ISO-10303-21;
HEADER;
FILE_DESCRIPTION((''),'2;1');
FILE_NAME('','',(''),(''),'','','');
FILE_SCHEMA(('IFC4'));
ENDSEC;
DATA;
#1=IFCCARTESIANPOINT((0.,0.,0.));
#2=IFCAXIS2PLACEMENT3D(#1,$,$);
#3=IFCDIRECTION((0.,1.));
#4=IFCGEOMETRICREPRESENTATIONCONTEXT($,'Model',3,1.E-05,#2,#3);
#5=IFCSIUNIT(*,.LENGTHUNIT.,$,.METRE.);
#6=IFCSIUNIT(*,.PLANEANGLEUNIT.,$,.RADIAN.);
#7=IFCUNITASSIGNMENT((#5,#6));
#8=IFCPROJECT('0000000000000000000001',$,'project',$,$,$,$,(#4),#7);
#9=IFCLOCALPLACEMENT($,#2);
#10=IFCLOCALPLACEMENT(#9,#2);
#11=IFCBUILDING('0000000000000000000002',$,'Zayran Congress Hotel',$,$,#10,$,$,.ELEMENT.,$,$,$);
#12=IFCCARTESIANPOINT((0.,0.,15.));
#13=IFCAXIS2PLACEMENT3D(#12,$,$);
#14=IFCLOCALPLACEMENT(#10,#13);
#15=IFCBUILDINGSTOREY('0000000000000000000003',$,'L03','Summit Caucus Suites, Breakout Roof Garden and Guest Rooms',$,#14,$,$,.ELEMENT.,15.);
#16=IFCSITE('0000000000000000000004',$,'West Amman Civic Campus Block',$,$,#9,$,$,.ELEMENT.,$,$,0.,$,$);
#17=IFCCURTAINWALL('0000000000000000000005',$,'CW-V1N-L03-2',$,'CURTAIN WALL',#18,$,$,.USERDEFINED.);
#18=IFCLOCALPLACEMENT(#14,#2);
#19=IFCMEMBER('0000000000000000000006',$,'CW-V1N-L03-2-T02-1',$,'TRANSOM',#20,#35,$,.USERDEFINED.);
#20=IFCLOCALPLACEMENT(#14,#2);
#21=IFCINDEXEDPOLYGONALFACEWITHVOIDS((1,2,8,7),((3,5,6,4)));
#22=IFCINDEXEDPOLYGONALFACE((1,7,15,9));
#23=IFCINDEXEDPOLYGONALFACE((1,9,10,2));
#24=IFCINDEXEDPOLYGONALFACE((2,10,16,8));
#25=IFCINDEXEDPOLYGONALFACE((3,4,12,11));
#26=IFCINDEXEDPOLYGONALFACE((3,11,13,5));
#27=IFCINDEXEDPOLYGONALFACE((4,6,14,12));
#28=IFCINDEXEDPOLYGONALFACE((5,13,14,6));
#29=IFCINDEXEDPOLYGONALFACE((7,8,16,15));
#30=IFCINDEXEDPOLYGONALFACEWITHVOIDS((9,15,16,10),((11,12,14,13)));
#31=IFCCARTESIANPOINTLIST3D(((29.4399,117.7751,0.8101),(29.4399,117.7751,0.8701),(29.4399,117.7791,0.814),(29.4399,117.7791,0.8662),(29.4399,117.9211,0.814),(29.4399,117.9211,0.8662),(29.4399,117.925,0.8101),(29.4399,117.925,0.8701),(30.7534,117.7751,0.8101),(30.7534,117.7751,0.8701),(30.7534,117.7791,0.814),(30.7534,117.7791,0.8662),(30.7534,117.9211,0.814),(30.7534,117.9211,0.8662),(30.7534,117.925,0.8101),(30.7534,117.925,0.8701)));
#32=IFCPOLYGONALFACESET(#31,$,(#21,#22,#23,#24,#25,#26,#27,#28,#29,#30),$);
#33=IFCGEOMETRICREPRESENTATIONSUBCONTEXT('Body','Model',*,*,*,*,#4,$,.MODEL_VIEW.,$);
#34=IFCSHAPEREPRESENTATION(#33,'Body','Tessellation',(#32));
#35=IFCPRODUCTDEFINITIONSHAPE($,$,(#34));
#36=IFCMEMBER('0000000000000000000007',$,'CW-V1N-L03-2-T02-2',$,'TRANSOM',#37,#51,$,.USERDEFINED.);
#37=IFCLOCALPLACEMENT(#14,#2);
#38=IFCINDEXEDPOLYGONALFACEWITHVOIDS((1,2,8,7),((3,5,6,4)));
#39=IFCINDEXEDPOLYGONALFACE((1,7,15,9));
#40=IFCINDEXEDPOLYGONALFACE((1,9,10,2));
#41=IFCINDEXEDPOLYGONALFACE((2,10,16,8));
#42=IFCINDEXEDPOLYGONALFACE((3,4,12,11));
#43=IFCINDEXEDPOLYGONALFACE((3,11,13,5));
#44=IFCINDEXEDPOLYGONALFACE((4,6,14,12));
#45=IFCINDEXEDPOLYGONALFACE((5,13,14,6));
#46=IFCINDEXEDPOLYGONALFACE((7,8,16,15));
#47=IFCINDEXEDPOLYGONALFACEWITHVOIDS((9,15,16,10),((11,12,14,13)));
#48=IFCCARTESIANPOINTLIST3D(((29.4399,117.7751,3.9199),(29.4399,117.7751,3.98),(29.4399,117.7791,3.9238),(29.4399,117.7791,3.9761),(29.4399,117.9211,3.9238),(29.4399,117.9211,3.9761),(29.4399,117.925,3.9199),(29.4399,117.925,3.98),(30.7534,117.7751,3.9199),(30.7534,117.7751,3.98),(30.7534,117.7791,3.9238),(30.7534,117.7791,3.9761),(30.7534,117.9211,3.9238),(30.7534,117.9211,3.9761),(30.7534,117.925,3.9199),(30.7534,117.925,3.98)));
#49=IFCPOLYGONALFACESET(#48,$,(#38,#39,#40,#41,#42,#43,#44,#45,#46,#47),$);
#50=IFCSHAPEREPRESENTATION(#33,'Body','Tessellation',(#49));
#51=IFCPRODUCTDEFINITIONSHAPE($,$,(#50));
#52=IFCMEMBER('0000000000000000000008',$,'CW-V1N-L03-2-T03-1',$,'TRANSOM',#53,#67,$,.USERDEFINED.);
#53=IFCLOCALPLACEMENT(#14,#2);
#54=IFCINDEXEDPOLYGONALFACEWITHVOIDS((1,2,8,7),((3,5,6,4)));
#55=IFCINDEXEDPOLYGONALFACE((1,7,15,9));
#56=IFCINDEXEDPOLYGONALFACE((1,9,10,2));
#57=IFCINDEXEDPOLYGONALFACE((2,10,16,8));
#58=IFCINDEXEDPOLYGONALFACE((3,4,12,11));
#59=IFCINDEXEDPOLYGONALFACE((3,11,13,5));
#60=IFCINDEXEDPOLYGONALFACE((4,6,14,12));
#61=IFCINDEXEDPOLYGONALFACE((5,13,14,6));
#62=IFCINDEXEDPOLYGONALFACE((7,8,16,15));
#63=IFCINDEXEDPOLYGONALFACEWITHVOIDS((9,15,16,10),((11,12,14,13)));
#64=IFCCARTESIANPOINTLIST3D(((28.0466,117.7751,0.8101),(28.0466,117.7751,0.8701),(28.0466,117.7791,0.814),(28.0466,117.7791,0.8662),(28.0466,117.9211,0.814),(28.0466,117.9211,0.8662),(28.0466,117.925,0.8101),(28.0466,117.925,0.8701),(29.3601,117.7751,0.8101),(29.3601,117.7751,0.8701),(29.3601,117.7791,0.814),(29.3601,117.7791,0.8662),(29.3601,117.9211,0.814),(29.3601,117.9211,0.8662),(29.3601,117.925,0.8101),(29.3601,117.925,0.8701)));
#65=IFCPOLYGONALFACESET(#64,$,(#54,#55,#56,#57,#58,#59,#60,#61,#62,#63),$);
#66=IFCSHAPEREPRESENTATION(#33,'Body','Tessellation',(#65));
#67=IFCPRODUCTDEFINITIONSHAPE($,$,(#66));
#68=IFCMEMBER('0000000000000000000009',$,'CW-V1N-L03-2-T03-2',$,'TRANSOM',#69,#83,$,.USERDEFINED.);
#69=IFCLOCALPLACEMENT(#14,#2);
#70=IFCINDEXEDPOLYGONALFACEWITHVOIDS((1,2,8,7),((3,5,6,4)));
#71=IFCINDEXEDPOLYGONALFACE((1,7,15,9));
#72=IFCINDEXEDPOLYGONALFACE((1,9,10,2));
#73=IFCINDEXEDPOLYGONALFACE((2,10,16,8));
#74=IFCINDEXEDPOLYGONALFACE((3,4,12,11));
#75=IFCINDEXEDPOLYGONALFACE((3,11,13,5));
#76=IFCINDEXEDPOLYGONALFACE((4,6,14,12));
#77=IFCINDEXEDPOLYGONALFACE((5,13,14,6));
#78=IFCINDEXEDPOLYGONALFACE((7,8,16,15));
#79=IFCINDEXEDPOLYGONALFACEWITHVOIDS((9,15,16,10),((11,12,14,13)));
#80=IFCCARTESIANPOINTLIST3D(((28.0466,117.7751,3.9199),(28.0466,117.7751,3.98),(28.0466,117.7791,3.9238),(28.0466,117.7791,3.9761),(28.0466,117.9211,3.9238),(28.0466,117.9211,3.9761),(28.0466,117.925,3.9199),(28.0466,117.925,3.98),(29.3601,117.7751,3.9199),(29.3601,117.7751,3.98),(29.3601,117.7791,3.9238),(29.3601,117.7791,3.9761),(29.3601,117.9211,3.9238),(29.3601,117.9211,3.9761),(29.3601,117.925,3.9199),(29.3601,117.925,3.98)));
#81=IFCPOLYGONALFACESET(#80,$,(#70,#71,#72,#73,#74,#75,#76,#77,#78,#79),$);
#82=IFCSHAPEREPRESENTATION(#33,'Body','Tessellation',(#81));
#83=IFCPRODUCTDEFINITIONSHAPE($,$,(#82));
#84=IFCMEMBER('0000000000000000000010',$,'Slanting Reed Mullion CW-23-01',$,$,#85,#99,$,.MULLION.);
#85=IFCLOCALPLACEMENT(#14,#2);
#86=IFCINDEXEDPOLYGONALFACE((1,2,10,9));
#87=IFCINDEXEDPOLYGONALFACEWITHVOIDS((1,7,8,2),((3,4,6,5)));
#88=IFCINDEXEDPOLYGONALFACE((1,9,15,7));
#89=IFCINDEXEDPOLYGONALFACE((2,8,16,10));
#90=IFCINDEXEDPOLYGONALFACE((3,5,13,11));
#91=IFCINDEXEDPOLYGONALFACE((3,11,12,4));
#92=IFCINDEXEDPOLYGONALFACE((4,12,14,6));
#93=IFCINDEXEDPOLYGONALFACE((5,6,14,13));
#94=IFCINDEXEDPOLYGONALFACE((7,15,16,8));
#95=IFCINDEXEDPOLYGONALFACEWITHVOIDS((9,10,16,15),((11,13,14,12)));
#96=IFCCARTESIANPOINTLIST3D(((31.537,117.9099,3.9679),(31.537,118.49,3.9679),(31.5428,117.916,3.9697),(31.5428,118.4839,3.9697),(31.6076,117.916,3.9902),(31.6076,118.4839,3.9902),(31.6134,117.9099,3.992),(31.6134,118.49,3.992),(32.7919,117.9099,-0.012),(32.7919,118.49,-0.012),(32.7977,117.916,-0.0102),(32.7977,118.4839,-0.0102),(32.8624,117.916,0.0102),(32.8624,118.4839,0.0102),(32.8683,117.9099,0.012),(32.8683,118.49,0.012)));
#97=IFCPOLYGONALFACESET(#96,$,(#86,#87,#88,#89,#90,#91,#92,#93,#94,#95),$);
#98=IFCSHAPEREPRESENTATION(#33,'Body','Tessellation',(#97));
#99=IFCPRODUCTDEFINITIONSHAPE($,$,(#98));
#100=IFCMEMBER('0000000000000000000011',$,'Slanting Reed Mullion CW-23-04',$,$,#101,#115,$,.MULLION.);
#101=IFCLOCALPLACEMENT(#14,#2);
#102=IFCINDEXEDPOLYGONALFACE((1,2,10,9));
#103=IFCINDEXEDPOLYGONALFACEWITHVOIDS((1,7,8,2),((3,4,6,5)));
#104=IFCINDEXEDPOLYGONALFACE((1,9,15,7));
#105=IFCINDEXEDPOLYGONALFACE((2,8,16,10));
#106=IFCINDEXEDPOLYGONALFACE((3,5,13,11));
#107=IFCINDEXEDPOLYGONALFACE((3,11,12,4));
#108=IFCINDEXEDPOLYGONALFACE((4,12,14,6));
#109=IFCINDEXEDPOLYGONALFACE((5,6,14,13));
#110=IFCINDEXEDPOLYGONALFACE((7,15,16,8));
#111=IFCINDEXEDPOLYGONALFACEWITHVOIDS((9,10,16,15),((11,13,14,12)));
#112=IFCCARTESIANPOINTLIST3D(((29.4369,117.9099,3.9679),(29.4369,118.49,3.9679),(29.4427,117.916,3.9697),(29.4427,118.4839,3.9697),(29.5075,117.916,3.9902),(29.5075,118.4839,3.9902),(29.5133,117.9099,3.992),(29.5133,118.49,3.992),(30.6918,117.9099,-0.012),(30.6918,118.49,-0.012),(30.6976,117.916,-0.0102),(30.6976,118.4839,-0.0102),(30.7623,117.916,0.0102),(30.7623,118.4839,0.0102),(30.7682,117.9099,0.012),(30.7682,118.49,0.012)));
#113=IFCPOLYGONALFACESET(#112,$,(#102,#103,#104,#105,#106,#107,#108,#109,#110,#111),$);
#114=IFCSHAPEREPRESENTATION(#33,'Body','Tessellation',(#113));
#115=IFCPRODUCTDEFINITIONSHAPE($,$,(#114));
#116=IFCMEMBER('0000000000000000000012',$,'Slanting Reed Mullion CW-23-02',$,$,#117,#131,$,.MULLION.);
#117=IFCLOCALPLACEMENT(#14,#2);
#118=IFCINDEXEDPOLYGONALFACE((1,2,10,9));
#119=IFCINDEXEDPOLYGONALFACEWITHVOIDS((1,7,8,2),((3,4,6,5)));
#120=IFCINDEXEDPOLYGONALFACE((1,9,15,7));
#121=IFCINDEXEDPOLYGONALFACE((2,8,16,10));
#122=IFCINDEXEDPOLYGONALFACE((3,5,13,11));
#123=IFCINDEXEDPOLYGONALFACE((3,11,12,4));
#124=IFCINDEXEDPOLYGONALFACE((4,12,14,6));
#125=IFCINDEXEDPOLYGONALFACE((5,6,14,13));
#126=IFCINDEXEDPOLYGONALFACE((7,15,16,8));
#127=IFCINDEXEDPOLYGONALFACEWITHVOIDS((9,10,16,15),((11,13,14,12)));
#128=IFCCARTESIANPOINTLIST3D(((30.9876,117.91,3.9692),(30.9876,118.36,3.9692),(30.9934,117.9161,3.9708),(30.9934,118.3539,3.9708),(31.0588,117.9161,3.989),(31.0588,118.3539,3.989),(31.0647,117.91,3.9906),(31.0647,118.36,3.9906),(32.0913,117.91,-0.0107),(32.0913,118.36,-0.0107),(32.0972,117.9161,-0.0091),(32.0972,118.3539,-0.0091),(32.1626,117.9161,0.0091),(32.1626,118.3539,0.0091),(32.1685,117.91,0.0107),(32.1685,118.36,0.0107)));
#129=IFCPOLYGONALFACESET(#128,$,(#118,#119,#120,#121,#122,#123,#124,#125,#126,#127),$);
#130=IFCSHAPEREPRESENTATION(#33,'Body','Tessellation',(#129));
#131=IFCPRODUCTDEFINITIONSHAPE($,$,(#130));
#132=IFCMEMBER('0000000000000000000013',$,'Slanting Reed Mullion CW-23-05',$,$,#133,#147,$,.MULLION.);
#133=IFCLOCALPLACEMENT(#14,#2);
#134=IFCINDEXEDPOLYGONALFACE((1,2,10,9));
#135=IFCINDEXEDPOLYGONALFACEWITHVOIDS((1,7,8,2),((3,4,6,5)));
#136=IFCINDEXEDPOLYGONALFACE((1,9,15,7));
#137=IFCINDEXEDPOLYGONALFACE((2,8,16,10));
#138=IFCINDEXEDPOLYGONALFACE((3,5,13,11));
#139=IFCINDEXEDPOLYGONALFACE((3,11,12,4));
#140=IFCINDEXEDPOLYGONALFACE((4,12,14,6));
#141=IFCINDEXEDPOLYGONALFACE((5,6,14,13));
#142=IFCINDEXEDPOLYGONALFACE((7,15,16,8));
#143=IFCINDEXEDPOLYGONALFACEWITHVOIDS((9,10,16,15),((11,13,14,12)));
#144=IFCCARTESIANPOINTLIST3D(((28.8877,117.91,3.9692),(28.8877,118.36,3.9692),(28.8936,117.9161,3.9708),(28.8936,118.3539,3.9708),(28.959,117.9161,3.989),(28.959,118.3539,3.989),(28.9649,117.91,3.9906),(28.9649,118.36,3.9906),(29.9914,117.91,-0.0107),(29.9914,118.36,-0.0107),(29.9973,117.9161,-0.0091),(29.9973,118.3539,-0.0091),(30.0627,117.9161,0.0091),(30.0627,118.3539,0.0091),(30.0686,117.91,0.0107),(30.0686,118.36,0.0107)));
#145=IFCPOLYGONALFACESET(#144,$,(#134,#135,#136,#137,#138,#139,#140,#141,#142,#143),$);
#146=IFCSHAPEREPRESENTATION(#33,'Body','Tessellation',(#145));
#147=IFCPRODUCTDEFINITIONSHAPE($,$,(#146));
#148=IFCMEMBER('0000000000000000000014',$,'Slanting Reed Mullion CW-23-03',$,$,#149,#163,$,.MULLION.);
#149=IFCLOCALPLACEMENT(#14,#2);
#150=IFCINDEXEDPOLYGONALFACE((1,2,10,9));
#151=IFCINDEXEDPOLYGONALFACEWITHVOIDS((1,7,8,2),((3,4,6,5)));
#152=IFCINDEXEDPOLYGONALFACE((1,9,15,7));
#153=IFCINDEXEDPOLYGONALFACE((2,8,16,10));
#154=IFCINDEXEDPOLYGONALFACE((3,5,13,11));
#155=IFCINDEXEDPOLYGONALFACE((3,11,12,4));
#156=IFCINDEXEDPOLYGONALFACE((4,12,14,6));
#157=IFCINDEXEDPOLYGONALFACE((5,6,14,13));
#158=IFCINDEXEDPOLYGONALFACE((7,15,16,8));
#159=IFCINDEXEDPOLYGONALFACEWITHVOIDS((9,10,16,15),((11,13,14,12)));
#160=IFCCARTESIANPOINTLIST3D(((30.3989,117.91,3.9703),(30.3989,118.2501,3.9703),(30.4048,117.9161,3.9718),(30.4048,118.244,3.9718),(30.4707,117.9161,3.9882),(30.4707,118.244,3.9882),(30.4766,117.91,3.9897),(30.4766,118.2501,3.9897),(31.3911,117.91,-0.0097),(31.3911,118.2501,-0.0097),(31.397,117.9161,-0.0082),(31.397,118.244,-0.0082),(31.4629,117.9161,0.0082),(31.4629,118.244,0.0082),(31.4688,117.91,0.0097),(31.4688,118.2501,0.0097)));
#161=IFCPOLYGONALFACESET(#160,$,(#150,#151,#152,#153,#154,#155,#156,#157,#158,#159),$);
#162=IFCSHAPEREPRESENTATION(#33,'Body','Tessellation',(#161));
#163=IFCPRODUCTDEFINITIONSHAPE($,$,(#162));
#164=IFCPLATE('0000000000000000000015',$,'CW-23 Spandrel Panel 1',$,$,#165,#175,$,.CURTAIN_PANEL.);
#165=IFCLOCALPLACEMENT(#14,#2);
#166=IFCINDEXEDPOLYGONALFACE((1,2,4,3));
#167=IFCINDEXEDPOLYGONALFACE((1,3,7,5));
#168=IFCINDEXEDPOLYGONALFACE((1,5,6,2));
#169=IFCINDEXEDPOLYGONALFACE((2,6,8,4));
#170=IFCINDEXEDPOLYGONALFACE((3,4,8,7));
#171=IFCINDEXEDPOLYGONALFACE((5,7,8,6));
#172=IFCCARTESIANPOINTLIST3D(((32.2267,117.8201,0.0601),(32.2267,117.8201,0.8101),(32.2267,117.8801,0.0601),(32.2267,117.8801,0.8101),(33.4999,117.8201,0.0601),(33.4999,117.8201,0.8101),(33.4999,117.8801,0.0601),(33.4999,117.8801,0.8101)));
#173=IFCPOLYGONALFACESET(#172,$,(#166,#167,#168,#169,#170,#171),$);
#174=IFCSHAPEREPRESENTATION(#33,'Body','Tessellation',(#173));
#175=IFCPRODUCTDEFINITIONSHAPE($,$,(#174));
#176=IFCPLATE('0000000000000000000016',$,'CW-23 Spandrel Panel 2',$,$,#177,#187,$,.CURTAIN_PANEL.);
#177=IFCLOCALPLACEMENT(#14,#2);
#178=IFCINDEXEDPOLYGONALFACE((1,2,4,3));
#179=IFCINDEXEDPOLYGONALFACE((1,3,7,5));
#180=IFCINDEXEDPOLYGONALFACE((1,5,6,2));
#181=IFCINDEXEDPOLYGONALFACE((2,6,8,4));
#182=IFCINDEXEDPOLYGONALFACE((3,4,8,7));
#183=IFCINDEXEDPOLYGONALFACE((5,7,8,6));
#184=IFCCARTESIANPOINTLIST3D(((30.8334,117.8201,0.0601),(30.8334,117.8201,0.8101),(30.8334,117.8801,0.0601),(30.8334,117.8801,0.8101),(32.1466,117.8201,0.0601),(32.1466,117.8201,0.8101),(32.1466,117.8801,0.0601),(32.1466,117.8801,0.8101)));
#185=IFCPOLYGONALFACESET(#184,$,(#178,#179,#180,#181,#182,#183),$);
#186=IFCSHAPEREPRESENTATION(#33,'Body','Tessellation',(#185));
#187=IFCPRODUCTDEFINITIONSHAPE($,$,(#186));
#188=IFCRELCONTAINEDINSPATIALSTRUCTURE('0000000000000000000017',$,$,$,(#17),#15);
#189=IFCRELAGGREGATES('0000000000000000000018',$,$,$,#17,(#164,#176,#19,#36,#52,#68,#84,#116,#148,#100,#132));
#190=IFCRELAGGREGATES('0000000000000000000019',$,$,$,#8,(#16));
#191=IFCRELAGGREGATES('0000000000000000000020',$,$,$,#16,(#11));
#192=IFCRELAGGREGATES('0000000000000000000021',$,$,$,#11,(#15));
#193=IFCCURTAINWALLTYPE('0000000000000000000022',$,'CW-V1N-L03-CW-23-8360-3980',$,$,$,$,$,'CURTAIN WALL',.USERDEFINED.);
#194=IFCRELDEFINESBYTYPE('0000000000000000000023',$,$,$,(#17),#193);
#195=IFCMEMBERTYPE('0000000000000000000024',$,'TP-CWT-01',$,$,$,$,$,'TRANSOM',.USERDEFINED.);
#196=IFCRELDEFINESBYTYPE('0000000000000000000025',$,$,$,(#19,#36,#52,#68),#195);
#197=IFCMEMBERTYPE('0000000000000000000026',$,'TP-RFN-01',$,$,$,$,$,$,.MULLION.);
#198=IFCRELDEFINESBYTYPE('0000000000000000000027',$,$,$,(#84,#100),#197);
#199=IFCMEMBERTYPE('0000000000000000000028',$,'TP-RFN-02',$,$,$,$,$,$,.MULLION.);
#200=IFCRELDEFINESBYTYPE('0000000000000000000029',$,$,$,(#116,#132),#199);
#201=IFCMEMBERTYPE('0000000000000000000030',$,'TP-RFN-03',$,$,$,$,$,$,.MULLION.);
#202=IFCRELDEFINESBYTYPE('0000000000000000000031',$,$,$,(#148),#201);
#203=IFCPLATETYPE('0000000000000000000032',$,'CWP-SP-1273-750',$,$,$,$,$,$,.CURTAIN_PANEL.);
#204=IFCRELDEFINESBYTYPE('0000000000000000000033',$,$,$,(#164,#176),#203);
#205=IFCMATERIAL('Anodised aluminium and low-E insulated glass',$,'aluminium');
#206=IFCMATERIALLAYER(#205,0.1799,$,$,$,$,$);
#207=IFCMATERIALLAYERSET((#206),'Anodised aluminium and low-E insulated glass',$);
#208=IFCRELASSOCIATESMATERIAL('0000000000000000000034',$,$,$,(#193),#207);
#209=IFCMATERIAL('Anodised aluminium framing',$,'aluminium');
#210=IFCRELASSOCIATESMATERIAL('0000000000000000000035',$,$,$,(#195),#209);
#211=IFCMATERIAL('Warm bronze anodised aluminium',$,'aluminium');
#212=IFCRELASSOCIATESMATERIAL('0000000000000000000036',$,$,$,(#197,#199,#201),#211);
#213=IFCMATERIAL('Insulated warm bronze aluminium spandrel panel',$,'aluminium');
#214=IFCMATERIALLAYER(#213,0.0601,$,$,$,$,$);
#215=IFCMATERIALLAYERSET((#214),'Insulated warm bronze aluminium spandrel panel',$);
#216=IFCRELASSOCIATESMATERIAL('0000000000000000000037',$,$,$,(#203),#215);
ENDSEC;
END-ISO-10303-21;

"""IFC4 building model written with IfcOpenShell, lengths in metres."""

from ifc_helpers import new_model, si_unit, direction, frame, origin, origin_2d, place, context, subcontext, project, spatial, rectangle, hollow_rectangle, extrude, material, layer, layer_set, material_profile, profile_set, type_object, element, aggregate, save


model = new_model("IFC4")

# Units and contexts
model_context = context("Model", 3, precision=1e-05, world=origin(), true_north=direction((0.0, 1.0)))
body_context = subcontext(model_context, "Body", "Model", "MODEL_VIEW")
ifc_project = project(units=[si_unit("LENGTHUNIT", "METRE"), si_unit("PLANEANGLEUNIT", "RADIAN")], contexts=[model_context])

# Site, building, storey
site_placement = place(None, origin())
site = spatial("IfcSite", under=ifc_project, at=site_placement, Name="West Amman Civic Campus Block", CompositionType="ELEMENT", RefElevation=0.0)
building_placement = place(site_placement, origin())
building = spatial("IfcBuilding", under=site, at=building_placement, Name="Zayran Congress Hotel", CompositionType="ELEMENT")
storey_placement = place(building_placement, frame((0.0, 0.0, 15.0)))
storey = spatial("IfcBuildingStorey", under=building, at=storey_placement, Name="L03", Description="Summit Caucus Suites, Breakout Roof Garden and Guest Rooms", CompositionType="ELEMENT", Elevation=15.0)

# Curtain wall, members, plates
ifc_material_1 = material(Name="Anodised aluminium and low-E insulated glass", Category="aluminium")
ifc_layer_1 = layer(ifc_material_1, 0.1799)
ifc_layer_set_1 = layer_set([ifc_layer_1], Name="Anodised aluminium and low-E insulated glass")
curtain_wall_type_1 = type_object("IfcCurtainWallType", Name="CW-V1N-L03-CW-23-8360-3980", ElementType="CURTAIN WALL", PredefinedType="USERDEFINED", material=ifc_layer_set_1)
curtain_wall_1_placement = place(storey_placement, origin())
curtain_wall_1 = element("IfcCurtainWall", 1, at=curtain_wall_1_placement, inside=storey, type_object=curtain_wall_type_1, Name="CW-V1N-L03-2", ObjectType="CURTAIN WALL", PredefinedType="USERDEFINED")
ifc_material_2 = material(Name="Anodised aluminium framing", Category="aluminium")
ifc_material_profile_1 = material_profile(ifc_material_2, hollow_rectangle(XDim=0.0601, YDim=0.1499, WallThickness=0.0039, at=origin_2d()), Name="RHS 150x60x4")
ifc_profile_set_1 = profile_set([ifc_material_profile_1], Name="Anodised aluminium framing")
member_type_1 = type_object("IfcMemberType", Name="TP-CWT-01", ElementType="TRANSOM", PredefinedType="USERDEFINED", material=ifc_profile_set_1)
member_1_placement = place(storey_placement, frame((30.7534, 117.8501, 0.8401), z_axis=(-1.0, 0.0, 0.0), x_axis=(0.0, 0.0, 1.0)))
member_1 = element("IfcMember", 2, at=member_1_placement, type_object=member_type_1, Name="CW-V1N-L03-2-T02-1", ObjectType="TRANSOM", PredefinedType="USERDEFINED", context=body_context, shape_type="SweptSolid", body=[
    extrude(hollow_rectangle(XDim=0.0601, YDim=0.1499, WallThickness=0.0039, at=origin_2d()), origin(), (0.0, 0.0, 1.0), 1.3135),
])
member_2_placement = place(storey_placement, frame((30.7534, 117.8501, 3.95), z_axis=(-1.0, 0.0, 0.0), x_axis=(0.0, 0.0, 1.0)))
member_2 = element("IfcMember", 3, at=member_2_placement, type_object=member_type_1, Name="CW-V1N-L03-2-T02-2", ObjectType="TRANSOM", PredefinedType="USERDEFINED", context=body_context, shape_type="SweptSolid", body=[
    extrude(hollow_rectangle(XDim=0.0601, YDim=0.1499, WallThickness=0.0039, at=origin_2d()), origin(), (0.0, 0.0, 1.0), 1.3135),
])
member_3_placement = place(storey_placement, frame((29.3601, 117.8501, 0.8401), z_axis=(-1.0, 0.0, 0.0), x_axis=(0.0, 0.0, 1.0)))
member_3 = element("IfcMember", 4, at=member_3_placement, type_object=member_type_1, Name="CW-V1N-L03-2-T03-1", ObjectType="TRANSOM", PredefinedType="USERDEFINED", context=body_context, shape_type="SweptSolid", body=[
    extrude(hollow_rectangle(XDim=0.0601, YDim=0.1499, WallThickness=0.0039, at=origin_2d()), origin(), (0.0, 0.0, 1.0), 1.3135),
])
member_4_placement = place(storey_placement, frame((29.3601, 117.8501, 3.95), z_axis=(-1.0, 0.0, 0.0), x_axis=(0.0, 0.0, 1.0)))
member_4 = element("IfcMember", 5, at=member_4_placement, type_object=member_type_1, Name="CW-V1N-L03-2-T03-2", ObjectType="TRANSOM", PredefinedType="USERDEFINED", context=body_context, shape_type="SweptSolid", body=[
    extrude(hollow_rectangle(XDim=0.0601, YDim=0.1499, WallThickness=0.0039, at=origin_2d()), origin(), (0.0, 0.0, 1.0), 1.3135),
])
ifc_material_3 = material(Name="Warm bronze anodised aluminium", Category="aluminium")
ifc_material_profile_2 = material_profile(ifc_material_3, hollow_rectangle(XDim=0.0801, YDim=0.5801, WallThickness=0.0061, at=origin_2d()), Name="RHS 580x80x6")
ifc_profile_set_2 = profile_set([ifc_material_profile_2], Name="Warm bronze anodised aluminium")
member_type_2 = type_object("IfcMemberType", Name="TP-RFN-01", PredefinedType="MULLION", material=ifc_profile_set_2)
member_5_placement = place(storey_placement, frame((32.8301, 118.2, 0.0), z_axis=(-0.300706, 0.0, 0.953717), x_axis=(0.953717, 0.0, 0.300706)))
member_5 = element("IfcMember", 6, at=member_5_placement, type_object=member_type_2, Name="Slanting Reed Mullion CW-23-01", PredefinedType="MULLION", context=body_context, shape_type="SweptSolid", body=[
    extrude(hollow_rectangle(XDim=0.0801, YDim=0.5801, WallThickness=0.0061, at=origin_2d()), origin(), (0.0, 0.0, 1.0), 4.1731),
])
member_6_placement = place(storey_placement, frame((30.73, 118.2, 0.0), z_axis=(-0.300706, 0.0, 0.953717), x_axis=(0.953717, 0.0, 0.300706)))
member_6 = element("IfcMember", 7, at=member_6_placement, type_object=member_type_2, Name="Slanting Reed Mullion CW-23-04", PredefinedType="MULLION", context=body_context, shape_type="SweptSolid", body=[
    extrude(hollow_rectangle(XDim=0.0801, YDim=0.5801, WallThickness=0.0061, at=origin_2d()), origin(), (0.0, 0.0, 1.0), 4.1731),
])
ifc_material_profile_3 = material_profile(ifc_material_3, hollow_rectangle(XDim=0.0801, YDim=0.45, WallThickness=0.0061, at=origin_2d()), Name="RHS 450x80x6")
ifc_profile_set_3 = profile_set([ifc_material_profile_3], Name="Warm bronze anodised aluminium")
member_type_3 = type_object("IfcMemberType", Name="TP-RFN-02", PredefinedType="MULLION", material=ifc_profile_set_3)
member_7_placement = place(storey_placement, frame((32.1299, 118.135, 0.0), z_axis=(-0.267241, 0.0, 0.96363), x_axis=(0.96363, 0.0, 0.267241)))
member_7 = element("IfcMember", 8, at=member_7_placement, type_object=member_type_3, Name="Slanting Reed Mullion CW-23-02", PredefinedType="MULLION", context=body_context, shape_type="SweptSolid", body=[
    extrude(hollow_rectangle(XDim=0.0801, YDim=0.45, WallThickness=0.0061, at=origin_2d()), origin(), (0.0, 0.0, 1.0), 4.1301),
])
member_8_placement = place(storey_placement, frame((30.03, 118.135, 0.0), z_axis=(-0.267241, 0.0, 0.96363), x_axis=(0.96363, 0.0, 0.267241)))
member_8 = element("IfcMember", 9, at=member_8_placement, type_object=member_type_3, Name="Slanting Reed Mullion CW-23-05", PredefinedType="MULLION", context=body_context, shape_type="SweptSolid", body=[
    extrude(hollow_rectangle(XDim=0.0801, YDim=0.45, WallThickness=0.0061, at=origin_2d()), origin(), (0.0, 0.0, 1.0), 4.1301),
])
ifc_material_profile_4 = material_profile(ifc_material_3, hollow_rectangle(XDim=0.0801, YDim=0.3401, WallThickness=0.0061, at=origin_2d()), Name="RHS 340x80x6")
ifc_profile_set_4 = profile_set([ifc_material_profile_4], Name="Warm bronze anodised aluminium")
member_type_4 = type_object("IfcMemberType", Name="TP-RFN-03", PredefinedType="MULLION", material=ifc_profile_set_4)
member_9_placement = place(storey_placement, frame((31.4299, 118.0801, 0.0), z_axis=(-0.241891, 0.0, 0.970303), x_axis=(0.970303, 0.0, 0.241891)))
member_9 = element("IfcMember", 10, at=member_9_placement, type_object=member_type_4, Name="Slanting Reed Mullion CW-23-03", PredefinedType="MULLION", context=body_context, shape_type="SweptSolid", body=[
    extrude(hollow_rectangle(XDim=0.0801, YDim=0.3401, WallThickness=0.0061, at=origin_2d()), origin(), (0.0, 0.0, 1.0), 4.1018),
])
ifc_material_4 = material(Name="Insulated warm bronze aluminium spandrel panel", Category="aluminium")
ifc_layer_2 = layer(ifc_material_4, 0.0601)
ifc_layer_set_2 = layer_set([ifc_layer_2], Name="Insulated warm bronze aluminium spandrel panel")
plate_type_1 = type_object("IfcPlateType", Name="CWP-SP-1273-750", PredefinedType="CURTAIN_PANEL", material=ifc_layer_set_2)
plate_1_placement = place(storey_placement, frame((32.8633, 117.8501, 0.0601), z_axis=(0.0, 0.0, 1.0), x_axis=(1.0, 0.0, 0.0)))
plate_1 = element("IfcPlate", 11, at=plate_1_placement, type_object=plate_type_1, Name="CW-23 Spandrel Panel 1", PredefinedType="CURTAIN_PANEL", context=body_context, shape_type="SweptSolid", body=[
    extrude(rectangle(XDim=1.2732, YDim=0.0601, at=origin_2d()), origin(), (0.0, 0.0, 1.0), 0.75),
])
plate_2_placement = place(storey_placement, frame((31.49, 117.8501, 0.0601), z_axis=(0.0, 0.0, 1.0), x_axis=(1.0, 0.0, 0.0)))
plate_2 = element("IfcPlate", 12, at=plate_2_placement, type_object=plate_type_1, Name="CW-23 Spandrel Panel 2", PredefinedType="CURTAIN_PANEL", context=body_context, shape_type="SweptSolid", body=[
    extrude(rectangle(XDim=1.3132, YDim=0.0601, at=origin_2d()), origin(), (0.0, 0.0, 1.0), 0.75),
])

aggregate(curtain_wall_1, [plate_1, plate_2, member_1, member_2, member_3, member_4, member_5, member_7, member_9, member_6, member_8])

save(model, "model.ifc")
